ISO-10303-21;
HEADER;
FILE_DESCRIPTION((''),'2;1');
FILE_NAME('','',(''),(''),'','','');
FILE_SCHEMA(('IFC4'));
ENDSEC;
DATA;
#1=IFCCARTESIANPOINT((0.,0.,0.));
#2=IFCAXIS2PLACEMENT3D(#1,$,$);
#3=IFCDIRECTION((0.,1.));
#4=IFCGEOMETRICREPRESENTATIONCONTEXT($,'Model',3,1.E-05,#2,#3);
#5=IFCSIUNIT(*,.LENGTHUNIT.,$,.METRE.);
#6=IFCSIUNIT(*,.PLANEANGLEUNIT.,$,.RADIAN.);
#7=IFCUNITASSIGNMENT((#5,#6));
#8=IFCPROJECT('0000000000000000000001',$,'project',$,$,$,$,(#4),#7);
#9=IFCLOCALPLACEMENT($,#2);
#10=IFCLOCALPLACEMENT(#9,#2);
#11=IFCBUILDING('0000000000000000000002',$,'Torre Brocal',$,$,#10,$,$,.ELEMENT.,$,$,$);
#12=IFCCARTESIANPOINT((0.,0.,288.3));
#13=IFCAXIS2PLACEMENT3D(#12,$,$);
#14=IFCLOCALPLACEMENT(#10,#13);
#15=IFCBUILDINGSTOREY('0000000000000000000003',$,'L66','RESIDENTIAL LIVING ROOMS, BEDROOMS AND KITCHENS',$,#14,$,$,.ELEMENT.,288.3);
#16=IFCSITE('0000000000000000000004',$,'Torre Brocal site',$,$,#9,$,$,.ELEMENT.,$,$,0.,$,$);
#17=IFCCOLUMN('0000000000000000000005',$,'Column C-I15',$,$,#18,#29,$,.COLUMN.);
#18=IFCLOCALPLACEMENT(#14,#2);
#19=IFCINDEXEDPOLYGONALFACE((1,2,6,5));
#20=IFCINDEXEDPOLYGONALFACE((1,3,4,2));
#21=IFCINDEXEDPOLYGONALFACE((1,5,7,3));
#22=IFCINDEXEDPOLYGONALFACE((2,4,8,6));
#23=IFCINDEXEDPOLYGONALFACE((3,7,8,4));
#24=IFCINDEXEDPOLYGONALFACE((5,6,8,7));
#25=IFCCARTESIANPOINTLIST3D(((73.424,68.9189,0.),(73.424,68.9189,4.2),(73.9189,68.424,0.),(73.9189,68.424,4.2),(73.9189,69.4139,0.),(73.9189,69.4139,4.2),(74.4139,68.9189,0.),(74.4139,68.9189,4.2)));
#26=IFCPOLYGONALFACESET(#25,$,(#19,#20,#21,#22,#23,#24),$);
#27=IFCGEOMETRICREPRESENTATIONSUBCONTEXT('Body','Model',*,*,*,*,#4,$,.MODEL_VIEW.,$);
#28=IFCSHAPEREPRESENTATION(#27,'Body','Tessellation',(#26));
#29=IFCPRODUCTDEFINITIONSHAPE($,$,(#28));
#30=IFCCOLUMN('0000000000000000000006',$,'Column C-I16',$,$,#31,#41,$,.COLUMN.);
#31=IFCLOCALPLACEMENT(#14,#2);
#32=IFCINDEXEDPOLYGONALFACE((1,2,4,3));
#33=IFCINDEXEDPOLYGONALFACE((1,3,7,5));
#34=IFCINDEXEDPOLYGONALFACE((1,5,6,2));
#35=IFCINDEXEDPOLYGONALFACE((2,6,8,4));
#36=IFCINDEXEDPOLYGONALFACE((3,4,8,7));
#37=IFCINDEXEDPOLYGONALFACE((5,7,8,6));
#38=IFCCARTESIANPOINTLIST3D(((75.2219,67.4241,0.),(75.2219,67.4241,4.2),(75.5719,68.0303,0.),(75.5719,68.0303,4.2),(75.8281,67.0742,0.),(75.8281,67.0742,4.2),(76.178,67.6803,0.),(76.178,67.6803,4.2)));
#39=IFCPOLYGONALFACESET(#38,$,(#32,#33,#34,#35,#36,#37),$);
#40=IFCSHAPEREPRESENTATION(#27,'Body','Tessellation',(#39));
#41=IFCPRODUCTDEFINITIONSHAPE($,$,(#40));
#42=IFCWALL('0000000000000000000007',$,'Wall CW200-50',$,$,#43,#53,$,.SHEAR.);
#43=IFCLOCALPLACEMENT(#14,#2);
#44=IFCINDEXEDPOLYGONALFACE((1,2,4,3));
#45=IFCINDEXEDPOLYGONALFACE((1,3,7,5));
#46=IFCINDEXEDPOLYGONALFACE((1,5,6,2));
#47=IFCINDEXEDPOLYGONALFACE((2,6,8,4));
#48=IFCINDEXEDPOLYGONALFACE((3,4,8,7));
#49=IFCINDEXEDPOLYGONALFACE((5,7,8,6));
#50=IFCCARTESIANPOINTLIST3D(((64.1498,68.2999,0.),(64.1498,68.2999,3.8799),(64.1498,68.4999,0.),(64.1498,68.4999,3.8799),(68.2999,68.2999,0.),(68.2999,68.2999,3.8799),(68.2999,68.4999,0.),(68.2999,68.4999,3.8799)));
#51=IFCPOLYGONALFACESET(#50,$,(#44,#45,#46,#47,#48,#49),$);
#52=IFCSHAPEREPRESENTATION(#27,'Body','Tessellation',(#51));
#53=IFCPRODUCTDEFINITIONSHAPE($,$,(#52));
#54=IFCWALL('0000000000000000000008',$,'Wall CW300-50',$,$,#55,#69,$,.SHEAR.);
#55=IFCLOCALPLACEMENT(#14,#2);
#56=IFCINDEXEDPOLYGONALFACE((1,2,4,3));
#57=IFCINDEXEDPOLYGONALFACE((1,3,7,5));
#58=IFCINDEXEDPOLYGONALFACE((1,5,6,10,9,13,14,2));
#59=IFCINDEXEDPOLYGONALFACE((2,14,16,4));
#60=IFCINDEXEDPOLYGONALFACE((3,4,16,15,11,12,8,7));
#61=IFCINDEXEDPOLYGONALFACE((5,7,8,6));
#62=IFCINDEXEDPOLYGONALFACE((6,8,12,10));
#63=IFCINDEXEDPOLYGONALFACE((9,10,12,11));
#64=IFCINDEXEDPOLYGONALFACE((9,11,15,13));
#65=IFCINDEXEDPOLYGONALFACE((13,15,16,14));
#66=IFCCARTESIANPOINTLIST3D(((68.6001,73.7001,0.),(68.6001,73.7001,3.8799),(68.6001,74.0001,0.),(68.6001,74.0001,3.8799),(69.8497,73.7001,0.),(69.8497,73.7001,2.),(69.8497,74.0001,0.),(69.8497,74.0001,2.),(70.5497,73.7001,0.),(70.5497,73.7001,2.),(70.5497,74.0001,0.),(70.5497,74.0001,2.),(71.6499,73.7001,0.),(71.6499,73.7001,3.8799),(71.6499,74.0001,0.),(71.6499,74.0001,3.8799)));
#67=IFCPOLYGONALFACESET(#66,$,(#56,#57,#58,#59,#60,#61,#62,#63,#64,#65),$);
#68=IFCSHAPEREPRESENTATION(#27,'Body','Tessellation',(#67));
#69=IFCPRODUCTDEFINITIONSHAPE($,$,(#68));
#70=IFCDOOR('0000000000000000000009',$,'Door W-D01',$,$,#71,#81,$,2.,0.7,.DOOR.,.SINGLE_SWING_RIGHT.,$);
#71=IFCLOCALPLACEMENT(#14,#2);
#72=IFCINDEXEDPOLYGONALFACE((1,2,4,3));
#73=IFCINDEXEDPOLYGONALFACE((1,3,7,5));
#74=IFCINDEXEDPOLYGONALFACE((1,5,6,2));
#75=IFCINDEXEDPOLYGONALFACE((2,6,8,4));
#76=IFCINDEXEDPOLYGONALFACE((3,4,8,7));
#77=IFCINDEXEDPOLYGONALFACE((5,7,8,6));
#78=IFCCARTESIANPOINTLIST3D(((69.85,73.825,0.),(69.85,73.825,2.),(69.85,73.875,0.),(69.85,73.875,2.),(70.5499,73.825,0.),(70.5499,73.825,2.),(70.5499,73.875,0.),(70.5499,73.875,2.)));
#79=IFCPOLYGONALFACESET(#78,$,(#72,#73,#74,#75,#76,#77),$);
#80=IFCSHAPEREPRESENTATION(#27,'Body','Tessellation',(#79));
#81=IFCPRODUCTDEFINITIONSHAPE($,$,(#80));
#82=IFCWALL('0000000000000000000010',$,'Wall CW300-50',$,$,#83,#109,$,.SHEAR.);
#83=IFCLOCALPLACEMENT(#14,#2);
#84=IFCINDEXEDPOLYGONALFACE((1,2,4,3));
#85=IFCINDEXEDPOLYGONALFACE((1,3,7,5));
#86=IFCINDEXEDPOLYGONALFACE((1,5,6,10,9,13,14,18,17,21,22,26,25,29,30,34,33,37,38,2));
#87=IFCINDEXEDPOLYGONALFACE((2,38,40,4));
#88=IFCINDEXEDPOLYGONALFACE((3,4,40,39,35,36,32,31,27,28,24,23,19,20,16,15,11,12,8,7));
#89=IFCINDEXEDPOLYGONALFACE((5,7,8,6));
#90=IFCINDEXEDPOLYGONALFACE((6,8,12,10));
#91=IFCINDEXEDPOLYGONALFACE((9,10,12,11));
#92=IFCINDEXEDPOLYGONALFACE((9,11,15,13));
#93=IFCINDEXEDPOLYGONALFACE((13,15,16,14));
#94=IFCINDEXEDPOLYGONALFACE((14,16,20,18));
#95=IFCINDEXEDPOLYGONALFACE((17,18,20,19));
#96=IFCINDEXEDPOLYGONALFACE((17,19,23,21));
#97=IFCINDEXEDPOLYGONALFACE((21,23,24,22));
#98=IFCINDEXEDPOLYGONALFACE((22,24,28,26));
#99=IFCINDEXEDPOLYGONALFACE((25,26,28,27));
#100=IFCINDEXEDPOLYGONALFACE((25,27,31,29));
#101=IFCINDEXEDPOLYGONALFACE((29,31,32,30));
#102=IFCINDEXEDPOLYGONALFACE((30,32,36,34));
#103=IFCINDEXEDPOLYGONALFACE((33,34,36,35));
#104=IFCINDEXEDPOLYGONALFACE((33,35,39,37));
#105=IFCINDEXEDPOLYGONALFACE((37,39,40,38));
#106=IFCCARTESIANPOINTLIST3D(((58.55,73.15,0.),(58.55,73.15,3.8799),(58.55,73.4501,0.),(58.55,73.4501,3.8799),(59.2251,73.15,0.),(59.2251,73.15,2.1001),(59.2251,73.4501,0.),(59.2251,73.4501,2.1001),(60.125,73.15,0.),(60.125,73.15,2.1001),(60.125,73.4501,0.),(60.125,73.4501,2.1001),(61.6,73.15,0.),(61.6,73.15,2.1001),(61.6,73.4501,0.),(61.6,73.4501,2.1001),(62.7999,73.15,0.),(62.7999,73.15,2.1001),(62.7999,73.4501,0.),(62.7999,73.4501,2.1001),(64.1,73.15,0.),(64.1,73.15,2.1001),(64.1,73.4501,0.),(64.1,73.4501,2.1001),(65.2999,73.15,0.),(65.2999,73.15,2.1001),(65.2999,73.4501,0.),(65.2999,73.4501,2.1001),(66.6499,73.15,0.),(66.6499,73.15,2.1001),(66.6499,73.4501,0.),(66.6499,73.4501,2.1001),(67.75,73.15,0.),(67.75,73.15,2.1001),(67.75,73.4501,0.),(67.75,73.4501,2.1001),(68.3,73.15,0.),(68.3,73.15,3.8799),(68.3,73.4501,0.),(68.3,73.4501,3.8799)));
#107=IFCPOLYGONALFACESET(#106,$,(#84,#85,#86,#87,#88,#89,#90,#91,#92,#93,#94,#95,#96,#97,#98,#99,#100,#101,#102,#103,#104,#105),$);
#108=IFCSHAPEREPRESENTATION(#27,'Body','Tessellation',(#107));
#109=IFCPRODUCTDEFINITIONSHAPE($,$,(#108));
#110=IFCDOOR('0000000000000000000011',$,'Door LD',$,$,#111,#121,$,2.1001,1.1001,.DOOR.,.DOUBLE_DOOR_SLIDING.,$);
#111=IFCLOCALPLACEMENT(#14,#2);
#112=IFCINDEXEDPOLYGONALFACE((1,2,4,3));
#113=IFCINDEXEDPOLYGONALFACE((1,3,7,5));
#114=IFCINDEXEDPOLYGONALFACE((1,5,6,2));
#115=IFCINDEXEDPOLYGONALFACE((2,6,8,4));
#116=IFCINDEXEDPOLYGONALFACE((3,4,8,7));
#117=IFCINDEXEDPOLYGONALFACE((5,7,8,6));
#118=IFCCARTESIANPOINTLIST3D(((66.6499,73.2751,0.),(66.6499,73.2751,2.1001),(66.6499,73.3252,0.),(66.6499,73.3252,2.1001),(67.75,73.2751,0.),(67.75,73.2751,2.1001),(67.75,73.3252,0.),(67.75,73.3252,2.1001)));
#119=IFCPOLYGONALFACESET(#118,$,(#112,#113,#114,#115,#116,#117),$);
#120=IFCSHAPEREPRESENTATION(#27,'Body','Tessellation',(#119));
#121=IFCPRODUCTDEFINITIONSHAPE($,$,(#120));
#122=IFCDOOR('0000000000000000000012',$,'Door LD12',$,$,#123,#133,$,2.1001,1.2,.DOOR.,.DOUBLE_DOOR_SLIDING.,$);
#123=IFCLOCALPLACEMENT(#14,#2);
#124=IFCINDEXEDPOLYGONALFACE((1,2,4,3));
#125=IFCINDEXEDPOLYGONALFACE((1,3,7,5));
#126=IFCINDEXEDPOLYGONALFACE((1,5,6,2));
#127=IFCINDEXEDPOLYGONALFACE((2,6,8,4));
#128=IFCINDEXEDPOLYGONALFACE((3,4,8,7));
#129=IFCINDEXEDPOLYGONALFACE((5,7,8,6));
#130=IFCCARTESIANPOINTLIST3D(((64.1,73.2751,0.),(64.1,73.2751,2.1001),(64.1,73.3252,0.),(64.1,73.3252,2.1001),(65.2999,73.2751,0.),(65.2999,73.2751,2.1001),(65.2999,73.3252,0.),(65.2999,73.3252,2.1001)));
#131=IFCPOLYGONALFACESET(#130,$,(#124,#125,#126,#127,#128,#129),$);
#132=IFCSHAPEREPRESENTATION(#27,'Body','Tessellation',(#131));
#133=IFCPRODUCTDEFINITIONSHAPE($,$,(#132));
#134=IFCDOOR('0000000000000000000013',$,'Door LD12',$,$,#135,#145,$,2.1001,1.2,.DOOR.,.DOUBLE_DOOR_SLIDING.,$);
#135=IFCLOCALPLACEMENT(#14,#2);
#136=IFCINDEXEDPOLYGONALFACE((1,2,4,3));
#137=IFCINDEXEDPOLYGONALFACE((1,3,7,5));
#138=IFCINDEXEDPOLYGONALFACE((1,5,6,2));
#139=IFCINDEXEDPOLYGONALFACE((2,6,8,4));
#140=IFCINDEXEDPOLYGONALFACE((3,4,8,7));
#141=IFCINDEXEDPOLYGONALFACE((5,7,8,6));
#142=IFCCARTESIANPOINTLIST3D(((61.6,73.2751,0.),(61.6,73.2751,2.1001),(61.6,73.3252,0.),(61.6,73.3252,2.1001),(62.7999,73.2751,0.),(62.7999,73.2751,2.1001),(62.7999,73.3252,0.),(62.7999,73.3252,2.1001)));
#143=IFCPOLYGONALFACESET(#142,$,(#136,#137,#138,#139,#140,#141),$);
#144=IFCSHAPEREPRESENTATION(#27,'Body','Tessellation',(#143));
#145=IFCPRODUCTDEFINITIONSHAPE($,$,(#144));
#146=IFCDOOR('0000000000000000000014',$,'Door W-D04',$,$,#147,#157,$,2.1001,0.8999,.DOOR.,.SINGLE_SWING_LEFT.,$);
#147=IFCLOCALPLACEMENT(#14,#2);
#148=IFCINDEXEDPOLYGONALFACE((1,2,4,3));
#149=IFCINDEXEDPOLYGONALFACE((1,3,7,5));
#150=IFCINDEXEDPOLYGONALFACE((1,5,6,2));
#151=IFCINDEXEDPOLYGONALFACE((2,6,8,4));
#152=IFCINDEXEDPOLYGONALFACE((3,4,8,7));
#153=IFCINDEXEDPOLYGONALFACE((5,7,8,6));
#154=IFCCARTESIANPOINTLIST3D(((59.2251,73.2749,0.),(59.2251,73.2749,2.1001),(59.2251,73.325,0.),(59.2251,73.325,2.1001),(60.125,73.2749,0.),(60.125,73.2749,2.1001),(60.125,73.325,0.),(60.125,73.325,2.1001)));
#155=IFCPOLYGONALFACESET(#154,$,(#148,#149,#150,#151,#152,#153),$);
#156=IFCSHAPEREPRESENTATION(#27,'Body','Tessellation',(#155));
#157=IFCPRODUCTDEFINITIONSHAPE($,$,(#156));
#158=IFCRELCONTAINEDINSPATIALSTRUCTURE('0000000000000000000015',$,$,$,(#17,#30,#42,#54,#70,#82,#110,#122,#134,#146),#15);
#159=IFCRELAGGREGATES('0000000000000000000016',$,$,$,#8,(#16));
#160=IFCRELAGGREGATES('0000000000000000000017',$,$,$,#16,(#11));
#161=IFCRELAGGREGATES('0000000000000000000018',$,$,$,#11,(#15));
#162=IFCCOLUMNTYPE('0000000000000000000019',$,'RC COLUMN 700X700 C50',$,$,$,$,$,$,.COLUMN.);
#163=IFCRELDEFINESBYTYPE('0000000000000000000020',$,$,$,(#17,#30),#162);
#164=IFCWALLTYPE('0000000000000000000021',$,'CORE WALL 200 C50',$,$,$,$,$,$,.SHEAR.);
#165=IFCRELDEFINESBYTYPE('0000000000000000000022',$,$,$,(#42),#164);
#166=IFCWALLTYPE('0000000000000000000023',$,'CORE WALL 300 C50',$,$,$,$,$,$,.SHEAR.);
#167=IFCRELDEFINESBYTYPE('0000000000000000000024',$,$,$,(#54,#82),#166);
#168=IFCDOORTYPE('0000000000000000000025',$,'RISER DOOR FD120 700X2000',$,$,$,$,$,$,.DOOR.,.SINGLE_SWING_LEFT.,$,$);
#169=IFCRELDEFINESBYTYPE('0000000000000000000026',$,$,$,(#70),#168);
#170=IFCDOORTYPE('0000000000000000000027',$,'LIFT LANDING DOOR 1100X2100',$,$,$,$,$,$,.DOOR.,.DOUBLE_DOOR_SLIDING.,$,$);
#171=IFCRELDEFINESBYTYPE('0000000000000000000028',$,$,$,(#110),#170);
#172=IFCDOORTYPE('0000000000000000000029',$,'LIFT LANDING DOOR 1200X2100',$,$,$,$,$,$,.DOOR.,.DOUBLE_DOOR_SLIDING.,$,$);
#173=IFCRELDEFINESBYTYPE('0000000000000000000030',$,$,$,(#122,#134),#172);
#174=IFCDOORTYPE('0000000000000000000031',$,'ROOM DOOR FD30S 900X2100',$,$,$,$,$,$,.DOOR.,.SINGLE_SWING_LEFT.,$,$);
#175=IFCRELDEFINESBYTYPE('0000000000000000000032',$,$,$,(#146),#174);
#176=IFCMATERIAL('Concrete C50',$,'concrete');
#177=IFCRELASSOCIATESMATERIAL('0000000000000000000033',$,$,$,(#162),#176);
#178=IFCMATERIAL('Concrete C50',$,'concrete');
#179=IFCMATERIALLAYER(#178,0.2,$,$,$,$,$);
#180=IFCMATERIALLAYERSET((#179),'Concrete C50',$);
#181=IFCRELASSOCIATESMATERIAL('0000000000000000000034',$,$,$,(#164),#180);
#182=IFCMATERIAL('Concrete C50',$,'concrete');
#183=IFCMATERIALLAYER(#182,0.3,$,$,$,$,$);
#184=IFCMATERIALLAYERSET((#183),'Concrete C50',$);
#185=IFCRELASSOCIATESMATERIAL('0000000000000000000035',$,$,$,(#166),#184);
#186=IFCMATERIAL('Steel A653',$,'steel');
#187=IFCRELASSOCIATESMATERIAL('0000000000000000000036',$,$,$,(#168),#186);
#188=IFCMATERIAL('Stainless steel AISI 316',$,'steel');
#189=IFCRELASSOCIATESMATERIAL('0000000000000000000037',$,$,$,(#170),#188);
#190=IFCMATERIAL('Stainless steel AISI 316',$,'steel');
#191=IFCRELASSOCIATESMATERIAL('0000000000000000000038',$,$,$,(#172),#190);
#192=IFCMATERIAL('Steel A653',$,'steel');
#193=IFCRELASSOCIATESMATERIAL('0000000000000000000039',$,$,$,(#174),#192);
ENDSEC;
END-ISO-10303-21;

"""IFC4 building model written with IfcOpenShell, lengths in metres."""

from ifc_helpers import new_model, si_unit, direction, frame, frame_2d, origin, origin_2d, place, context, subcontext, project, spatial, rectangle, extrude, material, layer, layer_set, material_profile, profile_set, type_object, element, fill, save


model = new_model("IFC4")

# Units and contexts
model_context = context("Model", 3, precision=1e-05, world=origin(), true_north=direction((0.0, 1.0)))
body_context = subcontext(model_context, "Body", "Model", "MODEL_VIEW")
ifc_project = project(units=[si_unit("LENGTHUNIT", "METRE"), si_unit("PLANEANGLEUNIT", "RADIAN")], contexts=[model_context])

# Site, building, storey
site_placement = place(None, origin())
site = spatial("IfcSite", under=ifc_project, at=site_placement, Name="Torre Brocal site", CompositionType="ELEMENT", RefElevation=0.0)
building_placement = place(site_placement, origin())
building = spatial("IfcBuilding", under=site, at=building_placement, Name="Torre Brocal", CompositionType="ELEMENT")
storey_placement = place(building_placement, frame((0.0, 0.0, 288.3)))
storey = spatial("IfcBuildingStorey", under=building, at=storey_placement, Name="L66", Description="RESIDENTIAL LIVING ROOMS, BEDROOMS AND KITCHENS", CompositionType="ELEMENT", Elevation=288.3)

# Columns
ifc_material_1 = material(Name="Concrete C50", Category="concrete")
ifc_material_profile = material_profile(ifc_material_1, rectangle(XDim=0.7, YDim=0.7, at=origin_2d()), Name="RC 700X700")
ifc_profile_set = profile_set([ifc_material_profile], Name="Concrete C50")
column_type = type_object("IfcColumnType", Name="RC COLUMN 700X700 C50", PredefinedType="COLUMN", material=ifc_profile_set)
for number, where, z_axis, x_axis, name in (
    (1, (73.9189, 68.9189, 0.0), (0.0, 0.0, 1.0), (-0.707107, -0.707107, 0.0), "Column C-I15"),
    (2, (75.7, 67.5522, 0.0), (0.0, 0.0, 1.0), (-0.5, -0.866025, 0.0), "Column C-I16"),
):
    element("IfcColumn", number, at=place(storey_placement, frame(where, z_axis=z_axis, x_axis=x_axis)), inside=storey, type_object=column_type, Name=name, PredefinedType="COLUMN", context=body_context, shape_type="SweptSolid", body=[
        extrude(rectangle(XDim=0.7, YDim=0.7, at=origin_2d()), origin(), (0.0, 0.0, 1.0), 4.2),
    ])

# Wall
ifc_material_2 = material(Name="Concrete C50", Category="concrete")
ifc_layer_1 = layer(ifc_material_2, 0.2)
ifc_layer_set_1 = layer_set([ifc_layer_1], Name="Concrete C50")
wall_type_1 = type_object("IfcWallType", Name="CORE WALL 200 C50", PredefinedType="SHEAR", material=ifc_layer_set_1)
wall_1_placement = place(storey_placement, frame((68.3, 68.3999, 0.0), z_axis=(0.0, 0.0, 1.0), x_axis=(-1.0, 0.0, 0.0)))
element("IfcWall", 3, at=wall_1_placement, inside=storey, type_object=wall_type_1, Name="Wall CW200-50", PredefinedType="SHEAR", context=body_context, shape_type="SweptSolid", body=[
    extrude(rectangle(XDim=4.1501, YDim=0.2, at=frame_2d((2.0752, 0.0))), origin(), (0.0, 0.0, 1.0), 3.8799),
])

# Wall, opening, door
ifc_material_3 = material(Name="Concrete C50", Category="concrete")
ifc_layer_2 = layer(ifc_material_3, 0.3)
ifc_layer_set_2 = layer_set([ifc_layer_2], Name="Concrete C50")
wall_type_2 = type_object("IfcWallType", Name="CORE WALL 300 C50", PredefinedType="SHEAR", material=ifc_layer_set_2)
wall_2_placement = place(storey_placement, frame((71.6499, 73.8501, 0.0), z_axis=(0.0, 0.0, 1.0), x_axis=(-1.0, 0.0, 0.0)))
wall_2 = element("IfcWall", 4, at=wall_2_placement, inside=storey, type_object=wall_type_2, Name="Wall CW300-50", PredefinedType="SHEAR", context=body_context, shape_type="SweptSolid", body=[
    extrude(rectangle(XDim=3.0498, YDim=0.3, at=frame_2d((1.5249, 0.0))), origin(), (0.0, 0.0, 1.0), 3.8799),
])
opening_1_placement = place(wall_2_placement, frame((1.1001, 0.0, 0.0)))
opening_1 = element("IfcOpeningElement", 5, at=opening_1_placement, cuts=wall_2, PredefinedType="OPENING", context=body_context, shape_type="SweptSolid", body=[
    extrude(rectangle(XDim=0.7, YDim=2.0, at=frame_2d((0.3501, 1.0))), frame((0.0, 0.1599, 0.0), z_axis=(0.0, -1.0, 0.0), x_axis=(1.0, 0.0, 0.0)), (0.0, 0.0, 1.0), 0.3201),
])
ifc_material_4 = material(Name="Steel A653", Category="steel")
door_type_1 = type_object("IfcDoorType", Name="RISER DOOR FD120 700X2000", OperationType="SINGLE_SWING_LEFT", PredefinedType="DOOR", material=ifc_material_4)
door_1_placement = place(opening_1_placement, frame((0.7, 0.0, 0.0), z_axis=(0.0, 0.0, 1.0), x_axis=(-1.0, 0.0, 0.0)))
door_1 = element("IfcDoor", 6, at=door_1_placement, inside=storey, type_object=door_type_1, Name="Door W-D01", OperationType="SINGLE_SWING_RIGHT", OverallHeight=2.0, OverallWidth=0.7, PredefinedType="DOOR", context=body_context, shape_type="SweptSolid", body=[
    extrude(rectangle(XDim=0.7, YDim=2.0, at=frame_2d((0.3501, 1.0))), frame((0.0, 0.0249, 0.0), z_axis=(0.0, -1.0, 0.0), x_axis=(1.0, 0.0, 0.0)), (0.0, 0.0, 1.0), 0.05),
])
fill(opening_1, door_1)

# Wall, openings, doors
wall_3_placement = place(storey_placement, frame((68.3, 73.3, 0.0), z_axis=(0.0, 0.0, 1.0), x_axis=(-1.0, 0.0, 0.0)))
wall_3 = element("IfcWall", 7, at=wall_3_placement, inside=storey, type_object=wall_type_2, Name="Wall CW300-50", PredefinedType="SHEAR", context=body_context, shape_type="SweptSolid", body=[
    extrude(rectangle(XDim=9.75, YDim=0.3, at=frame_2d((4.875, 0.0))), origin(), (0.0, 0.0, 1.0), 3.8799),
])
opening_2_placement = place(wall_3_placement, frame((0.55, 0.0, 0.0)))
opening_2 = element("IfcOpeningElement", 8, at=opening_2_placement, cuts=wall_3, PredefinedType="OPENING", context=body_context, shape_type="SweptSolid", body=[
    extrude(rectangle(XDim=1.1001, YDim=2.1001, at=frame_2d((0.55, 1.05))), frame((0.0, 0.1599, 0.0), z_axis=(0.0, -1.0, 0.0), x_axis=(1.0, 0.0, 0.0)), (0.0, 0.0, 1.0), 0.3201),
])
opening_3_placement = place(wall_3_placement, frame((3.0, 0.0, 0.0)))
opening_3 = element("IfcOpeningElement", 9, at=opening_3_placement, cuts=wall_3, PredefinedType="OPENING", context=body_context, shape_type="SweptSolid", body=[
    extrude(rectangle(XDim=1.2, YDim=2.1001, at=frame_2d((0.6001, 1.05))), frame((0.0, 0.1599, 0.0), z_axis=(0.0, -1.0, 0.0), x_axis=(1.0, 0.0, 0.0)), (0.0, 0.0, 1.0), 0.3201),
])
opening_4_placement = place(wall_3_placement, frame((5.5, 0.0, 0.0)))
opening_4 = element("IfcOpeningElement", 10, at=opening_4_placement, cuts=wall_3, PredefinedType="OPENING", context=body_context, shape_type="SweptSolid", body=[
    extrude(rectangle(XDim=1.2, YDim=2.1001, at=frame_2d((0.6001, 1.05))), frame((0.0, 0.1599, 0.0), z_axis=(0.0, -1.0, 0.0), x_axis=(1.0, 0.0, 0.0)), (0.0, 0.0, 1.0), 0.3201),
])
opening_5_placement = place(wall_3_placement, frame((8.175, 0.0, 0.0)))
opening_5 = element("IfcOpeningElement", 11, at=opening_5_placement, cuts=wall_3, PredefinedType="OPENING", context=body_context, shape_type="SweptSolid", body=[
    extrude(rectangle(XDim=0.8999, YDim=2.1001, at=frame_2d((0.45, 1.05))), frame((0.0, 0.1599, 0.0), z_axis=(0.0, -1.0, 0.0), x_axis=(1.0, 0.0, 0.0)), (0.0, 0.0, 1.0), 0.3201),
])
ifc_material_5 = material(Name="Stainless steel AISI 316", Category="steel")
door_type_2 = type_object("IfcDoorType", Name="LIFT LANDING DOOR 1100X2100", OperationType="DOUBLE_DOOR_SLIDING", PredefinedType="DOOR", material=ifc_material_5)
door_2_placement = place(opening_2_placement, origin())
door_2 = element("IfcDoor", 12, at=door_2_placement, inside=storey, type_object=door_type_2, Name="Door LD", OperationType="DOUBLE_DOOR_SLIDING", OverallHeight=2.1001, OverallWidth=1.1001, PredefinedType="DOOR", context=body_context, shape_type="SweptSolid", body=[
    extrude(rectangle(XDim=1.1001, YDim=2.1001, at=frame_2d((0.55, 1.05))), frame((0.0, 0.0249, 0.0), z_axis=(0.0, -1.0, 0.0), x_axis=(1.0, 0.0, 0.0)), (0.0, 0.0, 1.0), 0.05),
])
fill(opening_2, door_2)
ifc_material_6 = material(Name="Stainless steel AISI 316", Category="steel")
door_type_3 = type_object("IfcDoorType", Name="LIFT LANDING DOOR 1200X2100", OperationType="DOUBLE_DOOR_SLIDING", PredefinedType="DOOR", material=ifc_material_6)
door_3_placement = place(opening_3_placement, origin())
door_3 = element("IfcDoor", 13, at=door_3_placement, inside=storey, type_object=door_type_3, Name="Door LD12", OperationType="DOUBLE_DOOR_SLIDING", OverallHeight=2.1001, OverallWidth=1.2, PredefinedType="DOOR", context=body_context, shape_type="SweptSolid", body=[
    extrude(rectangle(XDim=1.2, YDim=2.1001, at=frame_2d((0.6001, 1.05))), frame((0.0, 0.0249, 0.0), z_axis=(0.0, -1.0, 0.0), x_axis=(1.0, 0.0, 0.0)), (0.0, 0.0, 1.0), 0.05),
])
fill(opening_3, door_3)
door_4_placement = place(opening_4_placement, origin())
door_4 = element("IfcDoor", 14, at=door_4_placement, inside=storey, type_object=door_type_3, Name="Door LD12", OperationType="DOUBLE_DOOR_SLIDING", OverallHeight=2.1001, OverallWidth=1.2, PredefinedType="DOOR", context=body_context, shape_type="SweptSolid", body=[
    extrude(rectangle(XDim=1.2, YDim=2.1001, at=frame_2d((0.6001, 1.05))), frame((0.0, 0.0249, 0.0), z_axis=(0.0, -1.0, 0.0), x_axis=(1.0, 0.0, 0.0)), (0.0, 0.0, 1.0), 0.05),
])
fill(opening_4, door_4)
ifc_material_7 = material(Name="Steel A653", Category="steel")
door_type_4 = type_object("IfcDoorType", Name="ROOM DOOR FD30S 900X2100", OperationType="SINGLE_SWING_LEFT", PredefinedType="DOOR", material=ifc_material_7)
door_5_placement = place(opening_5_placement, frame((0.8999, 0.0, 0.0), z_axis=(0.0, 0.0, 1.0), x_axis=(-1.0, 0.0, 0.0)))
door_5 = element("IfcDoor", 15, at=door_5_placement, inside=storey, type_object=door_type_4, Name="Door W-D04", OperationType="SINGLE_SWING_LEFT", OverallHeight=2.1001, OverallWidth=0.8999, PredefinedType="DOOR", context=body_context, shape_type="SweptSolid", body=[
    extrude(rectangle(XDim=0.8999, YDim=2.1001, at=frame_2d((0.45, 1.05))), frame((0.0, 0.0249, 0.0), z_axis=(0.0, -1.0, 0.0), x_axis=(1.0, 0.0, 0.0)), (0.0, 0.0, 1.0), 0.05),
])
fill(opening_5, door_5)

save(model, "model.ifc")
